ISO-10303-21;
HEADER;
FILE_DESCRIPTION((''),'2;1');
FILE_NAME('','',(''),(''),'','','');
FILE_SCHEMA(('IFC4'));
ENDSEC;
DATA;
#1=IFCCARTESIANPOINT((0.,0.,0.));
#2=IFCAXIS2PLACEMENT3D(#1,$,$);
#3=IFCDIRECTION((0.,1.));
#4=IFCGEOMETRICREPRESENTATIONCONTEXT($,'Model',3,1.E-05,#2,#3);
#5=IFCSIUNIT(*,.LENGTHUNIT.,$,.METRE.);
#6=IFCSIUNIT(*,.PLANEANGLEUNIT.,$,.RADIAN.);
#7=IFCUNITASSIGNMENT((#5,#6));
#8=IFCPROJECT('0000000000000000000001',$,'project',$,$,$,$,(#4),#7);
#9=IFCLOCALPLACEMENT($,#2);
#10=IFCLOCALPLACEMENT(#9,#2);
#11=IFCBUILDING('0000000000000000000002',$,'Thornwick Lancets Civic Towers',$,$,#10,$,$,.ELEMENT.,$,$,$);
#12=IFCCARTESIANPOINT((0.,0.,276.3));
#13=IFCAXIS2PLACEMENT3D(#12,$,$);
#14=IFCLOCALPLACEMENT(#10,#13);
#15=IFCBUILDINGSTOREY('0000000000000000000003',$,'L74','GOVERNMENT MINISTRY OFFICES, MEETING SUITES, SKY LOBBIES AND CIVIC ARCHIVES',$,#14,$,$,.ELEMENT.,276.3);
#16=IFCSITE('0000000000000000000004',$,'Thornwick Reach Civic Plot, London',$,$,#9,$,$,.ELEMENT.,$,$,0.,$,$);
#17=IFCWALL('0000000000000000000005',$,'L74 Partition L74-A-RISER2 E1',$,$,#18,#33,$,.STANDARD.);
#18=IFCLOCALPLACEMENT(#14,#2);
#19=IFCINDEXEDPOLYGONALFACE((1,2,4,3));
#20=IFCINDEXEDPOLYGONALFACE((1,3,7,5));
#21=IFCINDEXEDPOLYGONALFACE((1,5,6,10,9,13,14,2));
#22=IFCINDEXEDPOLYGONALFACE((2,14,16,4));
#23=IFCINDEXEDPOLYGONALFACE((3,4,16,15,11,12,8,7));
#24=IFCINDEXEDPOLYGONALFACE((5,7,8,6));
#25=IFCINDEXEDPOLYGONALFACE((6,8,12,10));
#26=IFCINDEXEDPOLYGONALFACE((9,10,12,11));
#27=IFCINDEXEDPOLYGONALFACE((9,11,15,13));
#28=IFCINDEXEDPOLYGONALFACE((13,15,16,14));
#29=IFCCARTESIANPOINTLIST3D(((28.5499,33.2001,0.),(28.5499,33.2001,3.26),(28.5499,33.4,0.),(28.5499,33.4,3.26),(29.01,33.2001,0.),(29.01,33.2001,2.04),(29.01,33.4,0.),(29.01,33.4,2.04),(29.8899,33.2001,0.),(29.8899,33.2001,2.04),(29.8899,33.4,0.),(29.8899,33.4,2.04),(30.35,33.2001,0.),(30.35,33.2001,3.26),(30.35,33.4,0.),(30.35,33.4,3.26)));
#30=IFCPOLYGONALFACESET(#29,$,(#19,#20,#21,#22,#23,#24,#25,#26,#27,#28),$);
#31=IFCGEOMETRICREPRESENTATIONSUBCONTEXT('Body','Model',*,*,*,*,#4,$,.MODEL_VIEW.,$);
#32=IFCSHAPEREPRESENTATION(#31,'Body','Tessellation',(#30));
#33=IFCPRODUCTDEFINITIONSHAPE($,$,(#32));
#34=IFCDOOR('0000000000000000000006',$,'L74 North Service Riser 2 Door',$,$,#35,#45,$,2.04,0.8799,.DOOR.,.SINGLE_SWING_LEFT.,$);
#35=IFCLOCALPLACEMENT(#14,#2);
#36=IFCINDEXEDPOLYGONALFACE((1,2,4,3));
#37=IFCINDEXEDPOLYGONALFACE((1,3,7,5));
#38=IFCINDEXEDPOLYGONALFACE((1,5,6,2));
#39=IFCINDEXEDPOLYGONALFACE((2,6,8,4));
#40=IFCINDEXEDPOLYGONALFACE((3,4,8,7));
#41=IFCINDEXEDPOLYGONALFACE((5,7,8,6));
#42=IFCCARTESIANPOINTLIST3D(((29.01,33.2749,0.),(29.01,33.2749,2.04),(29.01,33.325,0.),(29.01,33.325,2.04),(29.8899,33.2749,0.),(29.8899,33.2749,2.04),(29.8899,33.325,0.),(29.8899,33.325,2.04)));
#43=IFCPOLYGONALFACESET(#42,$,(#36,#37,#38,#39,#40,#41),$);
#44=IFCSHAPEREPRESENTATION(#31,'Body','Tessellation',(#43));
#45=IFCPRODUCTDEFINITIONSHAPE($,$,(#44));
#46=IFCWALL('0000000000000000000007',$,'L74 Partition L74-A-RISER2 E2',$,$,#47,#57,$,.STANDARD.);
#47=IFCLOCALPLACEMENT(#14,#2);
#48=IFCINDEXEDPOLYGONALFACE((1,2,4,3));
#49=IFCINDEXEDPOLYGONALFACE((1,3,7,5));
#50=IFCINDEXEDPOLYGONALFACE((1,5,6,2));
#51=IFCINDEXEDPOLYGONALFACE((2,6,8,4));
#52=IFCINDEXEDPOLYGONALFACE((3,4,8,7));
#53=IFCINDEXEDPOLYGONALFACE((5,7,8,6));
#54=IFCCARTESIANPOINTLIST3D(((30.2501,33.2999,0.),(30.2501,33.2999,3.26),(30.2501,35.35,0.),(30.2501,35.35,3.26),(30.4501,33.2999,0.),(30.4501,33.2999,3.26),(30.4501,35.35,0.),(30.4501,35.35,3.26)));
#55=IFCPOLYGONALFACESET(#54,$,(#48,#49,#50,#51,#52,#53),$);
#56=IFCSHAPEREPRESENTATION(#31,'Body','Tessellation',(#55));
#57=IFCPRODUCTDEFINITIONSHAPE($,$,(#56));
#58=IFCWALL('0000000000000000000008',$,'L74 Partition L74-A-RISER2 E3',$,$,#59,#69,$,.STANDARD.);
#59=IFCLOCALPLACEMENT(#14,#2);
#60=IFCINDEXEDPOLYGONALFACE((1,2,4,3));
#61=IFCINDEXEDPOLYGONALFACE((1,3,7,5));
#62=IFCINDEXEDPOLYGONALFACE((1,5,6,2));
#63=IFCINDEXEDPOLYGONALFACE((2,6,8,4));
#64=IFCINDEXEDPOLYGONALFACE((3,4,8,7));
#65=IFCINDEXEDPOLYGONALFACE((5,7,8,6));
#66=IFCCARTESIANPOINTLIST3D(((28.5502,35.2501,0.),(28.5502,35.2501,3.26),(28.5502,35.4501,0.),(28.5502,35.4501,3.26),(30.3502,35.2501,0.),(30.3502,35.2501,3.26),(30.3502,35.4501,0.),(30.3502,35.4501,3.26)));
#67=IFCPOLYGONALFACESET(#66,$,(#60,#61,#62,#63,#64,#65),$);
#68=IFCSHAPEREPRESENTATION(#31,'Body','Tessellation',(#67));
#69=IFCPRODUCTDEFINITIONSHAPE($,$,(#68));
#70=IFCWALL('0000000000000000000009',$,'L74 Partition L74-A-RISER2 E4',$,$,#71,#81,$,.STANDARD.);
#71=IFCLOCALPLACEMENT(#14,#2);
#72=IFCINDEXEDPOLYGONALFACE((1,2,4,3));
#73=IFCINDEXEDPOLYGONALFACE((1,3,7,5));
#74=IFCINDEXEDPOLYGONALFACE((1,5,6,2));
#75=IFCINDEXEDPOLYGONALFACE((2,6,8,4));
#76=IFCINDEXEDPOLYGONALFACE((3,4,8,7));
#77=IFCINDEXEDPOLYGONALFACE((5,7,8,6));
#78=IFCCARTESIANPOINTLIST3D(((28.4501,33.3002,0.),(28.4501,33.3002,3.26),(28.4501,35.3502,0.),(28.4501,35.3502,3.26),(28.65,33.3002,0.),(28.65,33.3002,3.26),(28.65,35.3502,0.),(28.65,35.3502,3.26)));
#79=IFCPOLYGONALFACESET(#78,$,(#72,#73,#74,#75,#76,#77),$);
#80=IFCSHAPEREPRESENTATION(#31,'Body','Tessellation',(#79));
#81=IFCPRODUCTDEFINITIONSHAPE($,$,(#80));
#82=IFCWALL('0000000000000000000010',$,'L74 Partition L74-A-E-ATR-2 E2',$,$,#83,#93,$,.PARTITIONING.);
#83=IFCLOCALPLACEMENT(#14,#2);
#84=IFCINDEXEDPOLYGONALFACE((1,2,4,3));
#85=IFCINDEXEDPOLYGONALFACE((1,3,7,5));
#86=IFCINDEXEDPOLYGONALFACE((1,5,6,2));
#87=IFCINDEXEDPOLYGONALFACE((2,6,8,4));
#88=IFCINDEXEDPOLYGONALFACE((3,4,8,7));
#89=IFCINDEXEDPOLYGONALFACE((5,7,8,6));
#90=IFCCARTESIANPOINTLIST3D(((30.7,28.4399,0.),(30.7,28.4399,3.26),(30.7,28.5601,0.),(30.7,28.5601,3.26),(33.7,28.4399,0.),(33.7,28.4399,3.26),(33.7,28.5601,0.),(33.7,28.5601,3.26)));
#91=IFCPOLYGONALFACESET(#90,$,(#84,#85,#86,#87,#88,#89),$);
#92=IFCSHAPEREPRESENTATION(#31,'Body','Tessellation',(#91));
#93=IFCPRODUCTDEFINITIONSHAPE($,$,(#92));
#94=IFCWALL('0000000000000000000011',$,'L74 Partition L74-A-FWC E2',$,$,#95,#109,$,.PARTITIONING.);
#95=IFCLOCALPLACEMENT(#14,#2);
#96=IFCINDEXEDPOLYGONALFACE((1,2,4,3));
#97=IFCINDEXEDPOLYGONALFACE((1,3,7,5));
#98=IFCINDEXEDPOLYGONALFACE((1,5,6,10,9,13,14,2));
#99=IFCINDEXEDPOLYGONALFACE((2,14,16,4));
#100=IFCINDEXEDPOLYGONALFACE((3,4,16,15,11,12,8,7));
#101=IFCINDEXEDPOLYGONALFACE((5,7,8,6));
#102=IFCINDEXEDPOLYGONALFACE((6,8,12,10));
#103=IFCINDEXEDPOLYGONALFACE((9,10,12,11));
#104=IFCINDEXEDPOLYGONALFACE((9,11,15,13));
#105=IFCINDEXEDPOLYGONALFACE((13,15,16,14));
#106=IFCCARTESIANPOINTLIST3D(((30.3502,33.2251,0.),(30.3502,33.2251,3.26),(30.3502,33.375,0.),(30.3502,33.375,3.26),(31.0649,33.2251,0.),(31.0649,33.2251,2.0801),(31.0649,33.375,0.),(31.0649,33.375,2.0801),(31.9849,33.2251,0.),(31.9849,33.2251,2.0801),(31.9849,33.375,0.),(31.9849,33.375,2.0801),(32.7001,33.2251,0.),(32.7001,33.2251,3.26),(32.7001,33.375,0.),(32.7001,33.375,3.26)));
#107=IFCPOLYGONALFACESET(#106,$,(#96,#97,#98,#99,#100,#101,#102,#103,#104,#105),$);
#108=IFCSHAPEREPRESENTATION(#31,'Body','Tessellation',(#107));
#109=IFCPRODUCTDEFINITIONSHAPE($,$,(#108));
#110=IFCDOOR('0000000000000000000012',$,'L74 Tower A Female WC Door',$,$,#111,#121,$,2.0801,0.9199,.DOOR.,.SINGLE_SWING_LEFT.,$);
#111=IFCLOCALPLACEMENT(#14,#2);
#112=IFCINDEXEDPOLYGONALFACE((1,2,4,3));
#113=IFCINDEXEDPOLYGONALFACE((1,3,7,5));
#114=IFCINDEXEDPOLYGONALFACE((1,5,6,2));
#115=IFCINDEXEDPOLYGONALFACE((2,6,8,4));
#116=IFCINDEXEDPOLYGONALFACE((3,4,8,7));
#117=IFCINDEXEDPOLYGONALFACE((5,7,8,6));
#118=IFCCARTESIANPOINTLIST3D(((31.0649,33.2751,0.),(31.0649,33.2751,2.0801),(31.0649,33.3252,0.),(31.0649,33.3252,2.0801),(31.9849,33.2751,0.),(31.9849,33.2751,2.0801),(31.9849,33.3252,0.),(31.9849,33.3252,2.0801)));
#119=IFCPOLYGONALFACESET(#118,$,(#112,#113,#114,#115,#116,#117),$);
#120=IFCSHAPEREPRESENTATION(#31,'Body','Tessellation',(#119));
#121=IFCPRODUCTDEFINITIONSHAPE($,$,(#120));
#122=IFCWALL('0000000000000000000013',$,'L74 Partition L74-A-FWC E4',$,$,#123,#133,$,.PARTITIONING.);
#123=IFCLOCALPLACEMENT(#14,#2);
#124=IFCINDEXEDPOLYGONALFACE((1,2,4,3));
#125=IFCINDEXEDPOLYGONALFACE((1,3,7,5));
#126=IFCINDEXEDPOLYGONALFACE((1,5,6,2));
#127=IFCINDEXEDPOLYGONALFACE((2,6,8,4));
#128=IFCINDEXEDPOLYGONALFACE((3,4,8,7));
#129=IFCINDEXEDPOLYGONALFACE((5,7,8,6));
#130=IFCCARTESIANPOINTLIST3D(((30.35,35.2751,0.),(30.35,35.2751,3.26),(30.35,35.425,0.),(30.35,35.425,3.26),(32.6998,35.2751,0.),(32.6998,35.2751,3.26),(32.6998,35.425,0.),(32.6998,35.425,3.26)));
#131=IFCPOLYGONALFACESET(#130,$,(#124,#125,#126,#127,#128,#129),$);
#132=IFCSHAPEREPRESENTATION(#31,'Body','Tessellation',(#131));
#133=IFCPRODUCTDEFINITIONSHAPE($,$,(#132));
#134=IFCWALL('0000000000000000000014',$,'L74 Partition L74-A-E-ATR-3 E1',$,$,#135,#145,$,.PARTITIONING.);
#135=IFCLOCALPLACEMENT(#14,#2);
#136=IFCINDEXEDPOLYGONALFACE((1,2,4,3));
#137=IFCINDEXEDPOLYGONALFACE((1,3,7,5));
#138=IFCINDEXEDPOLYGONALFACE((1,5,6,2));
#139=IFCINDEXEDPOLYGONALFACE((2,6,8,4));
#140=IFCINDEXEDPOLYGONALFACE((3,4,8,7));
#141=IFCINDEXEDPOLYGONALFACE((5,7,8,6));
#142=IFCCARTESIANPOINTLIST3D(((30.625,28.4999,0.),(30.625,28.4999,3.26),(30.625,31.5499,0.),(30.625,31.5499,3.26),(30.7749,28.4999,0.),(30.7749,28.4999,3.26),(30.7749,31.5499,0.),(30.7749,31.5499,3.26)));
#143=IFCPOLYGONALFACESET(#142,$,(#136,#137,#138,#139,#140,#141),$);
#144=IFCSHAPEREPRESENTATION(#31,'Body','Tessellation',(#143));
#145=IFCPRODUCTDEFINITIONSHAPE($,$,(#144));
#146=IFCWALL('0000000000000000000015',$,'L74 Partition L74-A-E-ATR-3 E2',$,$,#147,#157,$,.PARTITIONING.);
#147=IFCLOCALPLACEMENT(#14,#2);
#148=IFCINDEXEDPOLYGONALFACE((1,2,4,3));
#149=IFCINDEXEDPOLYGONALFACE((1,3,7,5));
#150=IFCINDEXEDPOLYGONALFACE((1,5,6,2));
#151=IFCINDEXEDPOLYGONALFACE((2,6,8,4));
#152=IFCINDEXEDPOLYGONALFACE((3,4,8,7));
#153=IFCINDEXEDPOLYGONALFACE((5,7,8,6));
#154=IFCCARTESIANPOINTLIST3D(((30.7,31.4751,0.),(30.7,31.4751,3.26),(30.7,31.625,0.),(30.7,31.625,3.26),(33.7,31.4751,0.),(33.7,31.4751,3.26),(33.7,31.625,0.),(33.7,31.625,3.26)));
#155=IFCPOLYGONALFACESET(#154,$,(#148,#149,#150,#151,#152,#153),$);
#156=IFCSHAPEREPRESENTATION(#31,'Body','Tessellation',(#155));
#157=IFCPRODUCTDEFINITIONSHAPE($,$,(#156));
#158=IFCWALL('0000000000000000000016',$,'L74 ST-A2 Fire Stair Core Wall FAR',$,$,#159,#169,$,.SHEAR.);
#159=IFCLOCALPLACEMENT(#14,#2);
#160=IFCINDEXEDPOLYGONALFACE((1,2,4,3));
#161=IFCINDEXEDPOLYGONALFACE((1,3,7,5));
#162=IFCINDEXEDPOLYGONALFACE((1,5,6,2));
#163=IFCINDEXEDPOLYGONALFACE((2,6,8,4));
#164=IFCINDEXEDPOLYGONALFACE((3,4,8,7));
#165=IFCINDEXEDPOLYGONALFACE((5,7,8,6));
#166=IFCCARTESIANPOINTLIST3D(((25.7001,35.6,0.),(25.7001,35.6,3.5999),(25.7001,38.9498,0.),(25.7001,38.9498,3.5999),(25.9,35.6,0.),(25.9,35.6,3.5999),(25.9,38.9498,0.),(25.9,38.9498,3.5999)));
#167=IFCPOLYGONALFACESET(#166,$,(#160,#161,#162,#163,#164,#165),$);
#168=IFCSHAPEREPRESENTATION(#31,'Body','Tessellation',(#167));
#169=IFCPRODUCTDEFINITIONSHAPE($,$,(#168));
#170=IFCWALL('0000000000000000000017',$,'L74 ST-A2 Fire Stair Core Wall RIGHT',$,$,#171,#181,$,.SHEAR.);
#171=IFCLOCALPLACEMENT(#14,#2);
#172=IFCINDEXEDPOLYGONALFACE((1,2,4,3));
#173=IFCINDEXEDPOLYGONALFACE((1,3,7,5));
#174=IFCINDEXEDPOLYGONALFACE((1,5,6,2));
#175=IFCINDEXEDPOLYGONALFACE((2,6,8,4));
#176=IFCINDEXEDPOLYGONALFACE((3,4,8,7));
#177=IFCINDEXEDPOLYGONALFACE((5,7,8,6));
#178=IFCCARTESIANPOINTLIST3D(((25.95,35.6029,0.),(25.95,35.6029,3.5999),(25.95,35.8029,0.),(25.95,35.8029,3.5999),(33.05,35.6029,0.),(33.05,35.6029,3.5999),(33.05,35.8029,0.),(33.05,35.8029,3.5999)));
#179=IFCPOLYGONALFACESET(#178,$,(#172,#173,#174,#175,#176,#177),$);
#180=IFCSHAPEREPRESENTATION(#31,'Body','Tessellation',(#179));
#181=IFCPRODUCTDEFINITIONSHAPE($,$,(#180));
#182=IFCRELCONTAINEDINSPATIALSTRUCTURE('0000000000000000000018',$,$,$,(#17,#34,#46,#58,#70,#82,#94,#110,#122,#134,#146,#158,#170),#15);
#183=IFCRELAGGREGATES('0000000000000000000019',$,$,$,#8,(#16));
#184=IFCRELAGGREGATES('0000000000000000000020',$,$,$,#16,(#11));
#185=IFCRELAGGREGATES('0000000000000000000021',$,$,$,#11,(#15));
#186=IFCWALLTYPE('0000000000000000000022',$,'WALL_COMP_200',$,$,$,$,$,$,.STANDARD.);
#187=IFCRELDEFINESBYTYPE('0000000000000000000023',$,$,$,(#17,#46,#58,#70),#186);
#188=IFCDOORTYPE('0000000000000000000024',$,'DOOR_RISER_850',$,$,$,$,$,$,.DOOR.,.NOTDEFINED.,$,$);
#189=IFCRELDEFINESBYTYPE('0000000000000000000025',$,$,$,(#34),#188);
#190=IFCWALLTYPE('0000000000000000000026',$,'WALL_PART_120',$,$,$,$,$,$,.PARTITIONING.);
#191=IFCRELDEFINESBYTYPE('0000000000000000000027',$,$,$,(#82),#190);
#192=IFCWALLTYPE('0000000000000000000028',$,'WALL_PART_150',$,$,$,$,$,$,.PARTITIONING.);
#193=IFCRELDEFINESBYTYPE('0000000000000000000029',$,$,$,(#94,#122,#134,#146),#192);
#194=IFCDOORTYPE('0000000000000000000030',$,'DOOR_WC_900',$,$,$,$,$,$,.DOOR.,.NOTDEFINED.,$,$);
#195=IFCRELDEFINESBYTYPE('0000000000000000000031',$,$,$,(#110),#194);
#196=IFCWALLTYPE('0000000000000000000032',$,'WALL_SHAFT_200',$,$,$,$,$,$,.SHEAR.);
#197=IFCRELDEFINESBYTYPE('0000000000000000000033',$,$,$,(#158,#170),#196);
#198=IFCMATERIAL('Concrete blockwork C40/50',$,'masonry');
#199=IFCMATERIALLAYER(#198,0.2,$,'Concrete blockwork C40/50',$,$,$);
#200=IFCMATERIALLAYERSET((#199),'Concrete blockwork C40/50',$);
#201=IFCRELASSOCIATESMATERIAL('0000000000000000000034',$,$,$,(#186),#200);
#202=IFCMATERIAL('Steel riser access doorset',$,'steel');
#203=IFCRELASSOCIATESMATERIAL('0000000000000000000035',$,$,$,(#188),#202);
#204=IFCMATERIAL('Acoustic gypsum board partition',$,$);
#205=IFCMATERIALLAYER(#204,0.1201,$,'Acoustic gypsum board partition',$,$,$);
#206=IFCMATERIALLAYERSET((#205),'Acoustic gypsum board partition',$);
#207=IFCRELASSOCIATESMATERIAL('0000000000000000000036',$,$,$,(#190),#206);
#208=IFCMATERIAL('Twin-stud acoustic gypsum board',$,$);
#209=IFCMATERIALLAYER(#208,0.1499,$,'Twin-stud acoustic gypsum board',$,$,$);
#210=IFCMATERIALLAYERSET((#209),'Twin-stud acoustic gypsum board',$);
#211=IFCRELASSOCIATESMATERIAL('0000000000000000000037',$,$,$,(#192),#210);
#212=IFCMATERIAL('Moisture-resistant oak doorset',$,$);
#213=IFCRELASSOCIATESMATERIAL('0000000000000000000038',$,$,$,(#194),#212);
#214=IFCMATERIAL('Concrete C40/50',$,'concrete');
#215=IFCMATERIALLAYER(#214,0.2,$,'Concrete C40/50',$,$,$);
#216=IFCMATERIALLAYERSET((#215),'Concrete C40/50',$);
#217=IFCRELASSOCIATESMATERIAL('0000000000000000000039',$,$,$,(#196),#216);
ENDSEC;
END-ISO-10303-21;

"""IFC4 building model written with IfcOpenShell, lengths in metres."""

from ifc_helpers import new_model, si_unit, direction, frame, frame_2d, origin, place, context, subcontext, project, spatial, rectangle, extrude, material, layer, layer_set, type_object, element, fill, save


model = new_model("IFC4")

# Units and contexts
model_context = context("Model", 3, precision=1e-05, world=origin(), true_north=direction((0.0, 1.0)))
body_context = subcontext(model_context, "Body", "Model", "MODEL_VIEW")
ifc_project = project(units=[si_unit("LENGTHUNIT", "METRE"), si_unit("PLANEANGLEUNIT", "RADIAN")], contexts=[model_context])

# Site, building, storey
site_placement = place(None, origin())
site = spatial("IfcSite", under=ifc_project, at=site_placement, Name="Thornwick Reach Civic Plot, London", CompositionType="ELEMENT", RefElevation=0.0)
building_placement = place(site_placement, origin())
building = spatial("IfcBuilding", under=site, at=building_placement, Name="Thornwick Lancets Civic Towers", CompositionType="ELEMENT")
storey_placement = place(building_placement, frame((0.0, 0.0, 276.3)))
storey = spatial("IfcBuildingStorey", under=building, at=storey_placement, Name="L74", Description="GOVERNMENT MINISTRY OFFICES, MEETING SUITES, SKY LOBBIES AND CIVIC ARCHIVES", CompositionType="ELEMENT", Elevation=276.3)

# Shared definitions
ifc_material_1 = material(Name="Concrete C40/50", Category="concrete")

# Shared definitions
ifc_material_2 = material(Name="Concrete blockwork C40/50", Category="masonry")
ifc_layer_1 = layer(ifc_material_2, 0.2, Name="Concrete blockwork C40/50")
ifc_layer_set_1 = layer_set([ifc_layer_1], Name="Concrete blockwork C40/50")
wall_type_1 = type_object("IfcWallType", Name="WALL_COMP_200", PredefinedType="STANDARD", material=ifc_layer_set_1)

# Wall, opening, door
wall_1_placement = place(storey_placement, frame((28.55, 33.3, 0.0), z_axis=(0.0, 0.0, 1.0), x_axis=(1.0, 0.0, 0.0)))
wall_1 = element("IfcWall", 1, at=wall_1_placement, inside=storey, type_object=wall_type_1, Name="L74 Partition L74-A-RISER2 E1", PredefinedType="STANDARD", context=body_context, shape_type="SweptSolid", body=[
    extrude(rectangle(XDim=1.8, YDim=0.2, at=frame_2d((0.8999, 0.0))), origin(), (0.0, 0.0, 1.0), 3.26),
])
opening_1_placement = place(wall_1_placement, frame((0.46, 0.0, 0.0)))
opening_1 = element("IfcOpeningElement", 2, at=opening_1_placement, cuts=wall_1, PredefinedType="OPENING", context=body_context, shape_type="SweptSolid", body=[
    extrude(rectangle(XDim=0.8799, YDim=2.04, at=frame_2d((0.4399, 1.02))), frame((0.0, 0.1099, 0.0), z_axis=(0.0, -1.0, 0.0), x_axis=(1.0, 0.0, 0.0)), (0.0, 0.0, 1.0), 0.22),
])
ifc_material_3 = material(Name="Steel riser access doorset", Category="steel")
door_type_1 = type_object("IfcDoorType", Name="DOOR_RISER_850", OperationType="NOTDEFINED", PredefinedType="DOOR", material=ifc_material_3)
door_1_placement = place(opening_1_placement, origin())
door_1 = element("IfcDoor", 3, at=door_1_placement, inside=storey, type_object=door_type_1, Name="L74 North Service Riser 2 Door", OperationType="SINGLE_SWING_LEFT", OverallHeight=2.04, OverallWidth=0.8799, PredefinedType="DOOR", context=body_context, shape_type="SweptSolid", body=[
    extrude(rectangle(XDim=0.8799, YDim=2.04, at=frame_2d((0.4399, 1.02))), frame((0.0, 0.0249, 0.0), z_axis=(0.0, -1.0, 0.0), x_axis=(1.0, 0.0, 0.0)), (0.0, 0.0, 1.0), 0.05),
])
fill(opening_1, door_1)

# Walls
wall_2_placement = place(storey_placement, frame((30.3501, 33.3, 0.0), z_axis=(0.0, 0.0, 1.0), x_axis=(0.0, 1.0, 0.0)))
element("IfcWall", 4, at=wall_2_placement, inside=storey, type_object=wall_type_1, Name="L74 Partition L74-A-RISER2 E2", PredefinedType="STANDARD", context=body_context, shape_type="SweptSolid", body=[
    extrude(rectangle(XDim=2.05, YDim=0.2, at=frame_2d((1.0249, 0.0))), origin(), (0.0, 0.0, 1.0), 3.26),
])
wall_3_placement = place(storey_placement, frame((30.3501, 35.3501, 0.0), z_axis=(0.0, 0.0, 1.0), x_axis=(-1.0, 0.0, 0.0)))
element("IfcWall", 5, at=wall_3_placement, inside=storey, type_object=wall_type_1, Name="L74 Partition L74-A-RISER2 E3", PredefinedType="STANDARD", context=body_context, shape_type="SweptSolid", body=[
    extrude(rectangle(XDim=1.8, YDim=0.2, at=frame_2d((0.8999, 0.0))), origin(), (0.0, 0.0, 1.0), 3.26),
])
wall_4_placement = place(storey_placement, frame((28.55, 35.3501, 0.0), z_axis=(0.0, 0.0, 1.0), x_axis=(0.0, -1.0, 0.0)))
element("IfcWall", 6, at=wall_4_placement, inside=storey, type_object=wall_type_1, Name="L74 Partition L74-A-RISER2 E4", PredefinedType="STANDARD", context=body_context, shape_type="SweptSolid", body=[
    extrude(rectangle(XDim=2.05, YDim=0.2, at=frame_2d((1.0249, 0.0))), origin(), (0.0, 0.0, 1.0), 3.26),
])
ifc_material_4 = material(Name="Acoustic gypsum board partition")
ifc_layer_2 = layer(ifc_material_4, 0.1201, Name="Acoustic gypsum board partition")
ifc_layer_set_2 = layer_set([ifc_layer_2], Name="Acoustic gypsum board partition")
wall_type_2 = type_object("IfcWallType", Name="WALL_PART_120", PredefinedType="PARTITIONING", material=ifc_layer_set_2)
wall_5_placement = place(storey_placement, frame((30.7, 28.5, 0.0), z_axis=(0.0, 0.0, 1.0), x_axis=(1.0, 0.0, 0.0)))
element("IfcWall", 7, at=wall_5_placement, inside=storey, type_object=wall_type_2, Name="L74 Partition L74-A-E-ATR-2 E2", PredefinedType="PARTITIONING", context=body_context, shape_type="SweptSolid", body=[
    extrude(rectangle(XDim=3.0, YDim=0.1201, at=frame_2d((1.5, 0.0))), origin(), (0.0, 0.0, 1.0), 3.26),
])

# Wall, opening, door
ifc_material_5 = material(Name="Twin-stud acoustic gypsum board")
ifc_layer_3 = layer(ifc_material_5, 0.1499, Name="Twin-stud acoustic gypsum board")
ifc_layer_set_3 = layer_set([ifc_layer_3], Name="Twin-stud acoustic gypsum board")
wall_type_3 = type_object("IfcWallType", Name="WALL_PART_150", PredefinedType="PARTITIONING", material=ifc_layer_set_3)
wall_6_placement = place(storey_placement, frame((32.7, 33.3, 0.0), z_axis=(0.0, 0.0, 1.0), x_axis=(-1.0, 0.0, 0.0)))
wall_6 = element("IfcWall", 8, at=wall_6_placement, inside=storey, type_object=wall_type_3, Name="L74 Partition L74-A-FWC E2", PredefinedType="PARTITIONING", context=body_context, shape_type="SweptSolid", body=[
    extrude(rectangle(XDim=2.3499, YDim=0.1499, at=frame_2d((1.1748, 0.0))), origin(), (0.0, 0.0, 1.0), 3.26),
])
opening_2_placement = place(wall_6_placement, frame((0.7151, 0.0, 0.0)))
opening_2 = element("IfcOpeningElement", 9, at=opening_2_placement, cuts=wall_6, PredefinedType="OPENING", context=body_context, shape_type="SweptSolid", body=[
    extrude(rectangle(XDim=0.9199, YDim=2.0801, at=frame_2d((0.46, 1.04))), frame((0.0, 0.085, 0.0), z_axis=(0.0, -1.0, 0.0), x_axis=(1.0, 0.0, 0.0)), (0.0, 0.0, 1.0), 0.1699),
])
ifc_material_6 = material(Name="Moisture-resistant oak doorset")
door_type_2 = type_object("IfcDoorType", Name="DOOR_WC_900", OperationType="NOTDEFINED", PredefinedType="DOOR", material=ifc_material_6)
door_2_placement = place(opening_2_placement, origin())
door_2 = element("IfcDoor", 10, at=door_2_placement, inside=storey, type_object=door_type_2, Name="L74 Tower A Female WC Door", OperationType="SINGLE_SWING_LEFT", OverallHeight=2.0801, OverallWidth=0.9199, PredefinedType="DOOR", context=body_context, shape_type="SweptSolid", body=[
    extrude(rectangle(XDim=0.9199, YDim=2.0801, at=frame_2d((0.46, 1.04))), frame((0.0, 0.0249, 0.0), z_axis=(0.0, -1.0, 0.0), x_axis=(1.0, 0.0, 0.0)), (0.0, 0.0, 1.0), 0.05),
])
fill(opening_2, door_2)

# Walls
wall_7_placement = place(storey_placement, frame((30.3501, 35.3501, 0.0), z_axis=(0.0, 0.0, 1.0), x_axis=(1.0, 0.0, 0.0)))
element("IfcWall", 11, at=wall_7_placement, inside=storey, type_object=wall_type_3, Name="L74 Partition L74-A-FWC E4", PredefinedType="PARTITIONING", context=body_context, shape_type="SweptSolid", body=[
    extrude(rectangle(XDim=2.3499, YDim=0.1499, at=frame_2d((1.1748, 0.0))), origin(), (0.0, 0.0, 1.0), 3.26),
])
wall_8_placement = place(storey_placement, frame((30.7, 28.5, 0.0), z_axis=(0.0, 0.0, 1.0), x_axis=(0.0, 1.0, 0.0)))
element("IfcWall", 12, at=wall_8_placement, inside=storey, type_object=wall_type_3, Name="L74 Partition L74-A-E-ATR-3 E1", PredefinedType="PARTITIONING", context=body_context, shape_type="SweptSolid", body=[
    extrude(rectangle(XDim=3.05, YDim=0.1499, at=frame_2d((1.5249, 0.0))), origin(), (0.0, 0.0, 1.0), 3.26),
])
wall_9_placement = place(storey_placement, frame((30.7, 31.55, 0.0), z_axis=(0.0, 0.0, 1.0), x_axis=(1.0, 0.0, 0.0)))
element("IfcWall", 13, at=wall_9_placement, inside=storey, type_object=wall_type_3, Name="L74 Partition L74-A-E-ATR-3 E2", PredefinedType="PARTITIONING", context=body_context, shape_type="SweptSolid", body=[
    extrude(rectangle(XDim=3.0, YDim=0.1499, at=frame_2d((1.5, 0.0))), origin(), (0.0, 0.0, 1.0), 3.26),
])
ifc_layer_4 = layer(ifc_material_1, 0.2, Name="Concrete C40/50")
ifc_layer_set_4 = layer_set([ifc_layer_4], Name="Concrete C40/50")
wall_type_4 = type_object("IfcWallType", Name="WALL_SHAFT_200", PredefinedType="SHEAR", material=ifc_layer_set_4)
wall_10_placement = place(storey_placement, frame((25.8, 35.6001, 0.0), z_axis=(0.0, 0.0, 1.0), x_axis=(0.0, 1.0, 0.0)))
element("IfcWall", 14, at=wall_10_placement, inside=storey, type_object=wall_type_4, Name="L74 ST-A2 Fire Stair Core Wall FAR", PredefinedType="SHEAR", context=body_context, shape_type="SweptSolid", body=[
    extrude(rectangle(XDim=3.3499, YDim=0.2, at=frame_2d((1.6748, 0.0))), origin(), (0.0, 0.0, 1.0), 3.5999),
])
wall_11_placement = place(storey_placement, frame((25.95, 35.7029, 0.0), z_axis=(0.0, 0.0, 1.0), x_axis=(1.0, 0.0, 0.0)))
element("IfcWall", 15, at=wall_11_placement, inside=storey, type_object=wall_type_4, Name="L74 ST-A2 Fire Stair Core Wall RIGHT", PredefinedType="SHEAR", context=body_context, shape_type="SweptSolid", body=[
    extrude(rectangle(XDim=7.1001, YDim=0.2, at=frame_2d((3.55, 0.0))), origin(), (0.0, 0.0, 1.0), 3.5999),
])

save(model, "model.ifc")
